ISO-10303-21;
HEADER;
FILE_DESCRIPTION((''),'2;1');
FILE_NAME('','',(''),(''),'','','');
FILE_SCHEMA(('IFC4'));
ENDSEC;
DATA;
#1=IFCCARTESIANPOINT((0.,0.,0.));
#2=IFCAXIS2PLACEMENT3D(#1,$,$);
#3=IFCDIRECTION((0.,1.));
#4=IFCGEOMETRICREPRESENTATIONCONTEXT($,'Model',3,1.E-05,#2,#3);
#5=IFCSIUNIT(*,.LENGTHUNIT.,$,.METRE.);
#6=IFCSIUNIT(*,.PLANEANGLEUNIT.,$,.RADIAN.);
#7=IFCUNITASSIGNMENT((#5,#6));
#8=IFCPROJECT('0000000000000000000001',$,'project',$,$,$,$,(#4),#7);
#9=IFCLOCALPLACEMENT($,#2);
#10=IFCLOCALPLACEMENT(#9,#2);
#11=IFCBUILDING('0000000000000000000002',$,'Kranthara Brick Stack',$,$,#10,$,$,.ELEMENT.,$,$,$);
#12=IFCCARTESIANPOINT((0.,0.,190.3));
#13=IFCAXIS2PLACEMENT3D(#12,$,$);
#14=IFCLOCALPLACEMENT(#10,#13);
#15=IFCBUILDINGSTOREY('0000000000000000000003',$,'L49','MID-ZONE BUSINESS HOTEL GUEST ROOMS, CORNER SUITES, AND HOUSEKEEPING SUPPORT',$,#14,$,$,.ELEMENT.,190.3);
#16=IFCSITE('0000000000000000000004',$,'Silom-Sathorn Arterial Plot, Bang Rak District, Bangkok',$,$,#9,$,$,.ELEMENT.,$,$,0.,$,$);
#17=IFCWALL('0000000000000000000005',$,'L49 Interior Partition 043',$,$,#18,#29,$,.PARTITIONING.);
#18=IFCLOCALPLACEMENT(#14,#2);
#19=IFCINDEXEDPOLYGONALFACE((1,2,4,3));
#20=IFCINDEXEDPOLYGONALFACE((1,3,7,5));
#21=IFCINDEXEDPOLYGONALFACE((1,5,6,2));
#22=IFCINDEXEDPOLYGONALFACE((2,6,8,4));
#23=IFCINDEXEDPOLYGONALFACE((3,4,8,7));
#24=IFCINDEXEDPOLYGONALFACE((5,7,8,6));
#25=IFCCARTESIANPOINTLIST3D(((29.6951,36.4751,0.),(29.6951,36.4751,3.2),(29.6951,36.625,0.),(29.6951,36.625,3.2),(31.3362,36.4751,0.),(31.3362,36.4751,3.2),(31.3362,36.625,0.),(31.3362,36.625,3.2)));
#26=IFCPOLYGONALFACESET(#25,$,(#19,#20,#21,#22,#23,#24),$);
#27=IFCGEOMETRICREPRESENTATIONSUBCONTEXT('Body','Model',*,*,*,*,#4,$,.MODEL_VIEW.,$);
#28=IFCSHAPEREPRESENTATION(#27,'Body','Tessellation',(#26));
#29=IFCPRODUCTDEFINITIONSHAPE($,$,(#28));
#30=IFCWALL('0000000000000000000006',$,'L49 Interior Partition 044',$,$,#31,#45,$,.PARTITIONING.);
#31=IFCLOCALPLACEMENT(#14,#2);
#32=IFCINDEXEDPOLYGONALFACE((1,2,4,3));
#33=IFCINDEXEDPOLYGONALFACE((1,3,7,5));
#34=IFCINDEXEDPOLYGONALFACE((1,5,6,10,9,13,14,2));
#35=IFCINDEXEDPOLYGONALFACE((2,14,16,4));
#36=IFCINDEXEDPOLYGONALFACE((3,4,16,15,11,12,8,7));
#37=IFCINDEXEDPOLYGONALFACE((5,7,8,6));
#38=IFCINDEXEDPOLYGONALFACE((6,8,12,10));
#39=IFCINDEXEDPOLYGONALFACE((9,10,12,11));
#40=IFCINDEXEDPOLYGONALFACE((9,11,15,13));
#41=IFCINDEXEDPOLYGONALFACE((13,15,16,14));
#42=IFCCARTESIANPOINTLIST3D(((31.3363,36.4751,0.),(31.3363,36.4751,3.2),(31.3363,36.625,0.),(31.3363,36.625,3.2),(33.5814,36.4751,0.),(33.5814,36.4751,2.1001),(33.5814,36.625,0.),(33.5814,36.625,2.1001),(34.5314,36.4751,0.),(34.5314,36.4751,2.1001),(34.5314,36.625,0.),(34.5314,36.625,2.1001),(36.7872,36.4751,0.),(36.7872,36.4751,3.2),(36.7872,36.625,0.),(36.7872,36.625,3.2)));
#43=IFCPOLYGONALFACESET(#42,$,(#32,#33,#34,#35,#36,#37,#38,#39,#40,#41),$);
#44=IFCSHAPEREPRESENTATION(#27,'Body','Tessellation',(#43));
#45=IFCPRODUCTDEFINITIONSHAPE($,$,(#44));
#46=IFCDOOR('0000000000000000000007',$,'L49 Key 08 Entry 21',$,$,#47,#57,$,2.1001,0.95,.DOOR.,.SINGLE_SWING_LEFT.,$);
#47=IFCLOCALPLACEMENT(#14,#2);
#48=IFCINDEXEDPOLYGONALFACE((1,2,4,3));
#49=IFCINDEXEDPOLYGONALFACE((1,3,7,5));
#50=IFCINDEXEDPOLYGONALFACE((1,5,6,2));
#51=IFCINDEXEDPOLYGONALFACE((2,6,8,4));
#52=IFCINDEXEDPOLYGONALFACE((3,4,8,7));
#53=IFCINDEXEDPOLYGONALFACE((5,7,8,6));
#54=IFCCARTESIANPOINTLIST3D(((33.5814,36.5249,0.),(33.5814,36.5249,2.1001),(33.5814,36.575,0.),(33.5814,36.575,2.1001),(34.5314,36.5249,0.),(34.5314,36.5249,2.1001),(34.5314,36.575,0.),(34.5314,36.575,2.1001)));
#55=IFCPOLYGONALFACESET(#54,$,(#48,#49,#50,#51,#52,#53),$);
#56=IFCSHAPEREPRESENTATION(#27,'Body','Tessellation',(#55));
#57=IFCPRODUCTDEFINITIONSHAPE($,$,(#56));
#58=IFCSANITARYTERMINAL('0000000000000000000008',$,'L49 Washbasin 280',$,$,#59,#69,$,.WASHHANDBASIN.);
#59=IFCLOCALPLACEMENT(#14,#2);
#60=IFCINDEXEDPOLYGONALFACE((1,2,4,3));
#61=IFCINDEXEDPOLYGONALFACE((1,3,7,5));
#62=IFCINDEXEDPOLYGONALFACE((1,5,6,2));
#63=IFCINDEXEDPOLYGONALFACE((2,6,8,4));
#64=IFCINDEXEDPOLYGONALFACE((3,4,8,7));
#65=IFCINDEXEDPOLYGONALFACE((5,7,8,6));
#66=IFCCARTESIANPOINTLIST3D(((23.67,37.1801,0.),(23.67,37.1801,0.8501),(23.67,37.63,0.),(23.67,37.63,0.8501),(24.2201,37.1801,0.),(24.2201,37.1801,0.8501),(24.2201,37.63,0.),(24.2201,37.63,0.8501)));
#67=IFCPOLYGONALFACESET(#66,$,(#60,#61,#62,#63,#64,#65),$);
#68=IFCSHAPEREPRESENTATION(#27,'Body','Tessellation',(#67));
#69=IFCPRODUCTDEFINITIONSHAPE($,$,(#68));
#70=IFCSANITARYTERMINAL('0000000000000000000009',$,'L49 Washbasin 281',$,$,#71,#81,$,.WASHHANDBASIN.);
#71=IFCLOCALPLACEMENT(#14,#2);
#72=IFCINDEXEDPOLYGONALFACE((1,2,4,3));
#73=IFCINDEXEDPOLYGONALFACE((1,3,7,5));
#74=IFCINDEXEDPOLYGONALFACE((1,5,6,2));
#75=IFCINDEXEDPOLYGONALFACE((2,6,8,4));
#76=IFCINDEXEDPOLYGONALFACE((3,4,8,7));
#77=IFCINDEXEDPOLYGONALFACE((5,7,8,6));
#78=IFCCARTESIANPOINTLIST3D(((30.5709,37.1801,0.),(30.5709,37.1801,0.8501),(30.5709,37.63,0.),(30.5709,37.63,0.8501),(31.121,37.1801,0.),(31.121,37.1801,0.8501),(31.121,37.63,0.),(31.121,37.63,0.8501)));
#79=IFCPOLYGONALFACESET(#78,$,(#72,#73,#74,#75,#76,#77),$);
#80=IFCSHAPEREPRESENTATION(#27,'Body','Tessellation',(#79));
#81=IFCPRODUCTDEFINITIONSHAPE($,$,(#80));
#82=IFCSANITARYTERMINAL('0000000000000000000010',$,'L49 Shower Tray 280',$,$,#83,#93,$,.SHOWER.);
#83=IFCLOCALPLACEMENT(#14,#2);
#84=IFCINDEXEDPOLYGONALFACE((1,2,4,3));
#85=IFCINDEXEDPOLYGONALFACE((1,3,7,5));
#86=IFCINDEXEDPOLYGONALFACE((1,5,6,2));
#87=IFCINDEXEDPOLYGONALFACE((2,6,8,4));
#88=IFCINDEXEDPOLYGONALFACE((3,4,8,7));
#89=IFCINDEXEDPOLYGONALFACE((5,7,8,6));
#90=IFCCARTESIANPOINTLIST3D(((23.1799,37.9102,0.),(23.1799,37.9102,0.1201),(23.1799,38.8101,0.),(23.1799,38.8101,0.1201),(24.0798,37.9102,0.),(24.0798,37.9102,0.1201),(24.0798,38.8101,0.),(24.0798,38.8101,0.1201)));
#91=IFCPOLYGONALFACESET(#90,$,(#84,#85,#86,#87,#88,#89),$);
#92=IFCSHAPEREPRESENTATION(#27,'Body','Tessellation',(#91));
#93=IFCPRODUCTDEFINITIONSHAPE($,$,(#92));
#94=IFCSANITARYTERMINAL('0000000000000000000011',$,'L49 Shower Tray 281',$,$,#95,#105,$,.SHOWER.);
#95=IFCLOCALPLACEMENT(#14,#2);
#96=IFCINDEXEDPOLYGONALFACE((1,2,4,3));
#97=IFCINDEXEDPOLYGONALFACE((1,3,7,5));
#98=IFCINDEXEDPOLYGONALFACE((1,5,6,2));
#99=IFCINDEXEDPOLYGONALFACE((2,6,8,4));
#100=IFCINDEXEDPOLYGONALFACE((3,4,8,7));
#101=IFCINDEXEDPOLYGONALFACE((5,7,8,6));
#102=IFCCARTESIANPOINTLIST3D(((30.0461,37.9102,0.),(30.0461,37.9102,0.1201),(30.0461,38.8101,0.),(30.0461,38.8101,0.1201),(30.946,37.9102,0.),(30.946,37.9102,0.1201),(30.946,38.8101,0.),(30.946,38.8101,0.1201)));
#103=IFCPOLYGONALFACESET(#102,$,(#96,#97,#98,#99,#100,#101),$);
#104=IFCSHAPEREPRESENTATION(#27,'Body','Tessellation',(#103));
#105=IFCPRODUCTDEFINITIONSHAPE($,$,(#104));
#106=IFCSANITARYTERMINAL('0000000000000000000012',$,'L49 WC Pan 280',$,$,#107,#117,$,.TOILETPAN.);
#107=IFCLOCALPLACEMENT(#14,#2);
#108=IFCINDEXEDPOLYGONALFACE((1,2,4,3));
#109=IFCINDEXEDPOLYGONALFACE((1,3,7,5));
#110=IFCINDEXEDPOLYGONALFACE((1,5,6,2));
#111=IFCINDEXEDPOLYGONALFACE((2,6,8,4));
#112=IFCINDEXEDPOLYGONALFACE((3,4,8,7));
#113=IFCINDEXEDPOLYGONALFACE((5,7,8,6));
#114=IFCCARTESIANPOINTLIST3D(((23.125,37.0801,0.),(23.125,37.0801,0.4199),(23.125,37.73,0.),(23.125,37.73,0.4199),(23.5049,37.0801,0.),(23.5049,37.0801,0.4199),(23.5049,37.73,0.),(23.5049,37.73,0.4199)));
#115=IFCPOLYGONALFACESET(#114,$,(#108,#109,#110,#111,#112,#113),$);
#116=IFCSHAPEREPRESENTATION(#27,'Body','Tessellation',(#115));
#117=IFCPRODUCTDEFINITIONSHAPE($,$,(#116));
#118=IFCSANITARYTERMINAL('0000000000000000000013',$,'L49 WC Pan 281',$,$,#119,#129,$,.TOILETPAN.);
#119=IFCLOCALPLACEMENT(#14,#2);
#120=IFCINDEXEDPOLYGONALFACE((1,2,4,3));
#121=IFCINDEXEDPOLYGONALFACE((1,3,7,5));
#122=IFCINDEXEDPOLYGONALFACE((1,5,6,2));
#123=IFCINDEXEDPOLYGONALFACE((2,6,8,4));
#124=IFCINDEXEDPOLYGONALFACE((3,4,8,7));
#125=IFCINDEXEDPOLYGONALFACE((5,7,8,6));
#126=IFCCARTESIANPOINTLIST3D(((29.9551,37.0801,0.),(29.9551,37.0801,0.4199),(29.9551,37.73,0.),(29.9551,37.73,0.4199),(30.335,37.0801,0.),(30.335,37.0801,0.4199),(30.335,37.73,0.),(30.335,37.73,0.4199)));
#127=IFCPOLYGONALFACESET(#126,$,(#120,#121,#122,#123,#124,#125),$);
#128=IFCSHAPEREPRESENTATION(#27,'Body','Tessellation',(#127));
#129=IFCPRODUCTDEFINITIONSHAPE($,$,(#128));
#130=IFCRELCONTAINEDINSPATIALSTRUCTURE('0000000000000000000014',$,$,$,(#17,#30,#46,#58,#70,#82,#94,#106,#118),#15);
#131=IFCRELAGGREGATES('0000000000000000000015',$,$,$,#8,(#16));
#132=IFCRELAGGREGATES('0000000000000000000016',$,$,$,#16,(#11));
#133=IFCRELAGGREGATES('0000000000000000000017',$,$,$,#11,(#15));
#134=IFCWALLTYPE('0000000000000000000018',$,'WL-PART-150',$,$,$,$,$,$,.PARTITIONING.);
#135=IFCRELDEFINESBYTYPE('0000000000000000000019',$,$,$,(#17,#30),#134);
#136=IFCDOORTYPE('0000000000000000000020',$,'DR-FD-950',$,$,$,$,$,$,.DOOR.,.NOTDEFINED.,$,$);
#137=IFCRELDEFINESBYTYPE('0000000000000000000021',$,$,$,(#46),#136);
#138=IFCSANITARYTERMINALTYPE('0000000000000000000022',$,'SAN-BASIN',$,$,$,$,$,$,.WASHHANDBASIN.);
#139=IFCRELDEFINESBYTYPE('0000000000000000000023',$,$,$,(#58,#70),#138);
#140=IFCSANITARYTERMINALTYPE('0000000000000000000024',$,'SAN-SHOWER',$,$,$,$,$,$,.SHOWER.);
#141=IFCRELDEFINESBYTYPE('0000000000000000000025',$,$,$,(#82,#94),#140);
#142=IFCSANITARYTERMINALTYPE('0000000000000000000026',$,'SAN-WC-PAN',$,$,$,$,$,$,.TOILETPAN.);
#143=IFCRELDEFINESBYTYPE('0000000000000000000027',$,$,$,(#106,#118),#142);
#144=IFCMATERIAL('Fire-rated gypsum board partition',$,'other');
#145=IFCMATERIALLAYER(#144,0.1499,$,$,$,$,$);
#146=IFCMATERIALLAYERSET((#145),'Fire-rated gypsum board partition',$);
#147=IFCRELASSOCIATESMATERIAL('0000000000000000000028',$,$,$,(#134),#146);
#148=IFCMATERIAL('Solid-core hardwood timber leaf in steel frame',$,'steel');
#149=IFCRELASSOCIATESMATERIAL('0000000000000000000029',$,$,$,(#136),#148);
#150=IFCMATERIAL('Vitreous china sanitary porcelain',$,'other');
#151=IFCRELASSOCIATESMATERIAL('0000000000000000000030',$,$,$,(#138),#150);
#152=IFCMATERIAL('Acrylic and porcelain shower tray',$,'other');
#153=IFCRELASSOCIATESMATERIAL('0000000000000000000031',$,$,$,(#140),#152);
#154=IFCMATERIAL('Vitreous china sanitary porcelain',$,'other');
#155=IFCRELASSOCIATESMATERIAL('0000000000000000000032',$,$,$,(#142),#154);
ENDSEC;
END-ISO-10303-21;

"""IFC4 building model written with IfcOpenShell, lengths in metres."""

from ifc_helpers import new_model, si_unit, direction, frame, frame_2d, origin, origin_2d, place, context, subcontext, project, spatial, rectangle, extrude, material, layer, layer_set, type_object, element, fill, save


model = new_model("IFC4")

# Units and contexts
model_context = context("Model", 3, precision=1e-05, world=origin(), true_north=direction((0.0, 1.0)))
body_context = subcontext(model_context, "Body", "Model", "MODEL_VIEW")
ifc_project = project(units=[si_unit("LENGTHUNIT", "METRE"), si_unit("PLANEANGLEUNIT", "RADIAN")], contexts=[model_context])

# Site, building, storey
site_placement = place(None, origin())
site = spatial("IfcSite", under=ifc_project, at=site_placement, Name="Silom-Sathorn Arterial Plot, Bang Rak District, Bangkok", CompositionType="ELEMENT", RefElevation=0.0)
building_placement = place(site_placement, origin())
building = spatial("IfcBuilding", under=site, at=building_placement, Name="Kranthara Brick Stack", CompositionType="ELEMENT")
storey_placement = place(building_placement, frame((0.0, 0.0, 190.3)))
storey = spatial("IfcBuildingStorey", under=building, at=storey_placement, Name="L49", Description="MID-ZONE BUSINESS HOTEL GUEST ROOMS, CORNER SUITES, AND HOUSEKEEPING SUPPORT", CompositionType="ELEMENT", Elevation=190.3)

# Shared definitions
ifc_material_1 = material(Name="Fire-rated gypsum board partition", Category="other")
ifc_layer_1 = layer(ifc_material_1, 0.1499)
ifc_layer_set_1 = layer_set([ifc_layer_1], Name="Fire-rated gypsum board partition")
wall_type_1 = type_object("IfcWallType", Name="WL-PART-150", PredefinedType="PARTITIONING", material=ifc_layer_set_1)
ifc_material_2 = material(Name="Solid-core hardwood timber leaf in steel frame", Category="steel")
door_type_1 = type_object("IfcDoorType", Name="DR-FD-950", OperationType="NOTDEFINED", PredefinedType="DOOR", material=ifc_material_2)

# Wall
wall_1_placement = place(storey_placement, frame((29.6951, 36.55, 0.0), z_axis=(0.0, 0.0, 1.0), x_axis=(1.0, 0.0, 0.0)))
element("IfcWall", 1, at=wall_1_placement, inside=storey, type_object=wall_type_1, Name="L49 Interior Partition 043", PredefinedType="PARTITIONING", context=body_context, shape_type="SweptSolid", body=[
    extrude(rectangle(XDim=1.6411, YDim=0.1499, at=frame_2d((0.8206, 0.0))), origin(), (0.0, 0.0, 1.0), 3.2),
])

# Wall, opening, door
wall_2_placement = place(storey_placement, frame((31.3362, 36.55, 0.0), z_axis=(0.0, 0.0, 1.0), x_axis=(1.0, 0.0, 0.0)))
wall_2 = element("IfcWall", 2, at=wall_2_placement, inside=storey, type_object=wall_type_1, Name="L49 Interior Partition 044", PredefinedType="PARTITIONING", context=body_context, shape_type="SweptSolid", body=[
    extrude(rectangle(XDim=5.4509, YDim=0.1499, at=frame_2d((2.7256, 0.0))), origin(), (0.0, 0.0, 1.0), 3.2),
])
opening_1_placement = place(wall_2_placement, frame((2.2451, 0.0, 0.0)))
opening_1 = element("IfcOpeningElement", 3, at=opening_1_placement, cuts=wall_2, PredefinedType="OPENING", context=body_context, shape_type="SweptSolid", body=[
    extrude(rectangle(XDim=0.95, YDim=2.1001, at=frame_2d((0.4751, 1.05))), frame((0.0, 0.085, 0.0), z_axis=(0.0, -1.0, 0.0), x_axis=(1.0, 0.0, 0.0)), (0.0, 0.0, 1.0), 0.1699),
])
door_1_placement = place(opening_1_placement, origin())
door_1 = element("IfcDoor", 4, at=door_1_placement, inside=storey, type_object=door_type_1, Name="L49 Key 08 Entry 21", OperationType="SINGLE_SWING_LEFT", OverallHeight=2.1001, OverallWidth=0.95, PredefinedType="DOOR", context=body_context, shape_type="SweptSolid", body=[
    extrude(rectangle(XDim=0.95, YDim=2.1001, at=frame_2d((0.4751, 1.05))), frame((0.0, 0.0249, 0.0), z_axis=(0.0, -1.0, 0.0), x_axis=(1.0, 0.0, 0.0)), (0.0, 0.0, 1.0), 0.05),
])
fill(opening_1, door_1)

# Sanitary terminals
ifc_material_3 = material(Name="Vitreous china sanitary porcelain", Category="other")
sanitary_terminal_type_1 = type_object("IfcSanitaryTerminalType", Name="SAN-BASIN", PredefinedType="WASHHANDBASIN", material=ifc_material_3)
for number, where, z_axis, x_axis, name in (
    (5, (23.9451, 37.405, 0.0), (0.0, 0.0, 1.0), (1.0, 0.0, 0.0), "L49 Washbasin 280"),
    (6, (30.8459, 37.405, 0.0), (0.0, 0.0, 1.0), (1.0, 0.0, 0.0), "L49 Washbasin 281"),
):
    element("IfcSanitaryTerminal", number, at=place(storey_placement, frame(where, z_axis=z_axis, x_axis=x_axis)), inside=storey, type_object=sanitary_terminal_type_1, Name=name, PredefinedType="WASHHANDBASIN", context=body_context, shape_type="SweptSolid", body=[
        extrude(rectangle(XDim=0.55, YDim=0.45, at=origin_2d()), origin(), (0.0, 0.0, 1.0), 0.8501),
    ])
ifc_material_4 = material(Name="Acrylic and porcelain shower tray", Category="other")
sanitary_terminal_type_2 = type_object("IfcSanitaryTerminalType", Name="SAN-SHOWER", PredefinedType="SHOWER", material=ifc_material_4)
for number, where, z_axis, x_axis, name in (
    (7, (23.6299, 38.3601, 0.0), (0.0, 0.0, 1.0), (1.0, 0.0, 0.0), "L49 Shower Tray 280"),
    (8, (30.4961, 38.3601, 0.0), (0.0, 0.0, 1.0), (1.0, 0.0, 0.0), "L49 Shower Tray 281"),
):
    element("IfcSanitaryTerminal", number, at=place(storey_placement, frame(where, z_axis=z_axis, x_axis=x_axis)), inside=storey, type_object=sanitary_terminal_type_2, Name=name, PredefinedType="SHOWER", context=body_context, shape_type="SweptSolid", body=[
        extrude(rectangle(XDim=0.8999, YDim=0.8999, at=origin_2d()), origin(), (0.0, 0.0, 1.0), 0.1201),
    ])
ifc_material_5 = material(Name="Vitreous china sanitary porcelain", Category="other")
sanitary_terminal_type_3 = type_object("IfcSanitaryTerminalType", Name="SAN-WC-PAN", PredefinedType="TOILETPAN", material=ifc_material_5)
for number, where, z_axis, x_axis, name in (
    (9, (23.3149, 37.405, 0.0), (0.0, 0.0, 1.0), (1.0, 0.0, 0.0), "L49 WC Pan 280"),
    (10, (30.145, 37.405, 0.0), (0.0, 0.0, 1.0), (1.0, 0.0, 0.0), "L49 WC Pan 281"),
):
    element("IfcSanitaryTerminal", number, at=place(storey_placement, frame(where, z_axis=z_axis, x_axis=x_axis)), inside=storey, type_object=sanitary_terminal_type_3, Name=name, PredefinedType="TOILETPAN", context=body_context, shape_type="SweptSolid", body=[
        extrude(rectangle(XDim=0.3799, YDim=0.6499, at=origin_2d()), origin(), (0.0, 0.0, 1.0), 0.4199),
    ])

save(model, "model.ifc")
